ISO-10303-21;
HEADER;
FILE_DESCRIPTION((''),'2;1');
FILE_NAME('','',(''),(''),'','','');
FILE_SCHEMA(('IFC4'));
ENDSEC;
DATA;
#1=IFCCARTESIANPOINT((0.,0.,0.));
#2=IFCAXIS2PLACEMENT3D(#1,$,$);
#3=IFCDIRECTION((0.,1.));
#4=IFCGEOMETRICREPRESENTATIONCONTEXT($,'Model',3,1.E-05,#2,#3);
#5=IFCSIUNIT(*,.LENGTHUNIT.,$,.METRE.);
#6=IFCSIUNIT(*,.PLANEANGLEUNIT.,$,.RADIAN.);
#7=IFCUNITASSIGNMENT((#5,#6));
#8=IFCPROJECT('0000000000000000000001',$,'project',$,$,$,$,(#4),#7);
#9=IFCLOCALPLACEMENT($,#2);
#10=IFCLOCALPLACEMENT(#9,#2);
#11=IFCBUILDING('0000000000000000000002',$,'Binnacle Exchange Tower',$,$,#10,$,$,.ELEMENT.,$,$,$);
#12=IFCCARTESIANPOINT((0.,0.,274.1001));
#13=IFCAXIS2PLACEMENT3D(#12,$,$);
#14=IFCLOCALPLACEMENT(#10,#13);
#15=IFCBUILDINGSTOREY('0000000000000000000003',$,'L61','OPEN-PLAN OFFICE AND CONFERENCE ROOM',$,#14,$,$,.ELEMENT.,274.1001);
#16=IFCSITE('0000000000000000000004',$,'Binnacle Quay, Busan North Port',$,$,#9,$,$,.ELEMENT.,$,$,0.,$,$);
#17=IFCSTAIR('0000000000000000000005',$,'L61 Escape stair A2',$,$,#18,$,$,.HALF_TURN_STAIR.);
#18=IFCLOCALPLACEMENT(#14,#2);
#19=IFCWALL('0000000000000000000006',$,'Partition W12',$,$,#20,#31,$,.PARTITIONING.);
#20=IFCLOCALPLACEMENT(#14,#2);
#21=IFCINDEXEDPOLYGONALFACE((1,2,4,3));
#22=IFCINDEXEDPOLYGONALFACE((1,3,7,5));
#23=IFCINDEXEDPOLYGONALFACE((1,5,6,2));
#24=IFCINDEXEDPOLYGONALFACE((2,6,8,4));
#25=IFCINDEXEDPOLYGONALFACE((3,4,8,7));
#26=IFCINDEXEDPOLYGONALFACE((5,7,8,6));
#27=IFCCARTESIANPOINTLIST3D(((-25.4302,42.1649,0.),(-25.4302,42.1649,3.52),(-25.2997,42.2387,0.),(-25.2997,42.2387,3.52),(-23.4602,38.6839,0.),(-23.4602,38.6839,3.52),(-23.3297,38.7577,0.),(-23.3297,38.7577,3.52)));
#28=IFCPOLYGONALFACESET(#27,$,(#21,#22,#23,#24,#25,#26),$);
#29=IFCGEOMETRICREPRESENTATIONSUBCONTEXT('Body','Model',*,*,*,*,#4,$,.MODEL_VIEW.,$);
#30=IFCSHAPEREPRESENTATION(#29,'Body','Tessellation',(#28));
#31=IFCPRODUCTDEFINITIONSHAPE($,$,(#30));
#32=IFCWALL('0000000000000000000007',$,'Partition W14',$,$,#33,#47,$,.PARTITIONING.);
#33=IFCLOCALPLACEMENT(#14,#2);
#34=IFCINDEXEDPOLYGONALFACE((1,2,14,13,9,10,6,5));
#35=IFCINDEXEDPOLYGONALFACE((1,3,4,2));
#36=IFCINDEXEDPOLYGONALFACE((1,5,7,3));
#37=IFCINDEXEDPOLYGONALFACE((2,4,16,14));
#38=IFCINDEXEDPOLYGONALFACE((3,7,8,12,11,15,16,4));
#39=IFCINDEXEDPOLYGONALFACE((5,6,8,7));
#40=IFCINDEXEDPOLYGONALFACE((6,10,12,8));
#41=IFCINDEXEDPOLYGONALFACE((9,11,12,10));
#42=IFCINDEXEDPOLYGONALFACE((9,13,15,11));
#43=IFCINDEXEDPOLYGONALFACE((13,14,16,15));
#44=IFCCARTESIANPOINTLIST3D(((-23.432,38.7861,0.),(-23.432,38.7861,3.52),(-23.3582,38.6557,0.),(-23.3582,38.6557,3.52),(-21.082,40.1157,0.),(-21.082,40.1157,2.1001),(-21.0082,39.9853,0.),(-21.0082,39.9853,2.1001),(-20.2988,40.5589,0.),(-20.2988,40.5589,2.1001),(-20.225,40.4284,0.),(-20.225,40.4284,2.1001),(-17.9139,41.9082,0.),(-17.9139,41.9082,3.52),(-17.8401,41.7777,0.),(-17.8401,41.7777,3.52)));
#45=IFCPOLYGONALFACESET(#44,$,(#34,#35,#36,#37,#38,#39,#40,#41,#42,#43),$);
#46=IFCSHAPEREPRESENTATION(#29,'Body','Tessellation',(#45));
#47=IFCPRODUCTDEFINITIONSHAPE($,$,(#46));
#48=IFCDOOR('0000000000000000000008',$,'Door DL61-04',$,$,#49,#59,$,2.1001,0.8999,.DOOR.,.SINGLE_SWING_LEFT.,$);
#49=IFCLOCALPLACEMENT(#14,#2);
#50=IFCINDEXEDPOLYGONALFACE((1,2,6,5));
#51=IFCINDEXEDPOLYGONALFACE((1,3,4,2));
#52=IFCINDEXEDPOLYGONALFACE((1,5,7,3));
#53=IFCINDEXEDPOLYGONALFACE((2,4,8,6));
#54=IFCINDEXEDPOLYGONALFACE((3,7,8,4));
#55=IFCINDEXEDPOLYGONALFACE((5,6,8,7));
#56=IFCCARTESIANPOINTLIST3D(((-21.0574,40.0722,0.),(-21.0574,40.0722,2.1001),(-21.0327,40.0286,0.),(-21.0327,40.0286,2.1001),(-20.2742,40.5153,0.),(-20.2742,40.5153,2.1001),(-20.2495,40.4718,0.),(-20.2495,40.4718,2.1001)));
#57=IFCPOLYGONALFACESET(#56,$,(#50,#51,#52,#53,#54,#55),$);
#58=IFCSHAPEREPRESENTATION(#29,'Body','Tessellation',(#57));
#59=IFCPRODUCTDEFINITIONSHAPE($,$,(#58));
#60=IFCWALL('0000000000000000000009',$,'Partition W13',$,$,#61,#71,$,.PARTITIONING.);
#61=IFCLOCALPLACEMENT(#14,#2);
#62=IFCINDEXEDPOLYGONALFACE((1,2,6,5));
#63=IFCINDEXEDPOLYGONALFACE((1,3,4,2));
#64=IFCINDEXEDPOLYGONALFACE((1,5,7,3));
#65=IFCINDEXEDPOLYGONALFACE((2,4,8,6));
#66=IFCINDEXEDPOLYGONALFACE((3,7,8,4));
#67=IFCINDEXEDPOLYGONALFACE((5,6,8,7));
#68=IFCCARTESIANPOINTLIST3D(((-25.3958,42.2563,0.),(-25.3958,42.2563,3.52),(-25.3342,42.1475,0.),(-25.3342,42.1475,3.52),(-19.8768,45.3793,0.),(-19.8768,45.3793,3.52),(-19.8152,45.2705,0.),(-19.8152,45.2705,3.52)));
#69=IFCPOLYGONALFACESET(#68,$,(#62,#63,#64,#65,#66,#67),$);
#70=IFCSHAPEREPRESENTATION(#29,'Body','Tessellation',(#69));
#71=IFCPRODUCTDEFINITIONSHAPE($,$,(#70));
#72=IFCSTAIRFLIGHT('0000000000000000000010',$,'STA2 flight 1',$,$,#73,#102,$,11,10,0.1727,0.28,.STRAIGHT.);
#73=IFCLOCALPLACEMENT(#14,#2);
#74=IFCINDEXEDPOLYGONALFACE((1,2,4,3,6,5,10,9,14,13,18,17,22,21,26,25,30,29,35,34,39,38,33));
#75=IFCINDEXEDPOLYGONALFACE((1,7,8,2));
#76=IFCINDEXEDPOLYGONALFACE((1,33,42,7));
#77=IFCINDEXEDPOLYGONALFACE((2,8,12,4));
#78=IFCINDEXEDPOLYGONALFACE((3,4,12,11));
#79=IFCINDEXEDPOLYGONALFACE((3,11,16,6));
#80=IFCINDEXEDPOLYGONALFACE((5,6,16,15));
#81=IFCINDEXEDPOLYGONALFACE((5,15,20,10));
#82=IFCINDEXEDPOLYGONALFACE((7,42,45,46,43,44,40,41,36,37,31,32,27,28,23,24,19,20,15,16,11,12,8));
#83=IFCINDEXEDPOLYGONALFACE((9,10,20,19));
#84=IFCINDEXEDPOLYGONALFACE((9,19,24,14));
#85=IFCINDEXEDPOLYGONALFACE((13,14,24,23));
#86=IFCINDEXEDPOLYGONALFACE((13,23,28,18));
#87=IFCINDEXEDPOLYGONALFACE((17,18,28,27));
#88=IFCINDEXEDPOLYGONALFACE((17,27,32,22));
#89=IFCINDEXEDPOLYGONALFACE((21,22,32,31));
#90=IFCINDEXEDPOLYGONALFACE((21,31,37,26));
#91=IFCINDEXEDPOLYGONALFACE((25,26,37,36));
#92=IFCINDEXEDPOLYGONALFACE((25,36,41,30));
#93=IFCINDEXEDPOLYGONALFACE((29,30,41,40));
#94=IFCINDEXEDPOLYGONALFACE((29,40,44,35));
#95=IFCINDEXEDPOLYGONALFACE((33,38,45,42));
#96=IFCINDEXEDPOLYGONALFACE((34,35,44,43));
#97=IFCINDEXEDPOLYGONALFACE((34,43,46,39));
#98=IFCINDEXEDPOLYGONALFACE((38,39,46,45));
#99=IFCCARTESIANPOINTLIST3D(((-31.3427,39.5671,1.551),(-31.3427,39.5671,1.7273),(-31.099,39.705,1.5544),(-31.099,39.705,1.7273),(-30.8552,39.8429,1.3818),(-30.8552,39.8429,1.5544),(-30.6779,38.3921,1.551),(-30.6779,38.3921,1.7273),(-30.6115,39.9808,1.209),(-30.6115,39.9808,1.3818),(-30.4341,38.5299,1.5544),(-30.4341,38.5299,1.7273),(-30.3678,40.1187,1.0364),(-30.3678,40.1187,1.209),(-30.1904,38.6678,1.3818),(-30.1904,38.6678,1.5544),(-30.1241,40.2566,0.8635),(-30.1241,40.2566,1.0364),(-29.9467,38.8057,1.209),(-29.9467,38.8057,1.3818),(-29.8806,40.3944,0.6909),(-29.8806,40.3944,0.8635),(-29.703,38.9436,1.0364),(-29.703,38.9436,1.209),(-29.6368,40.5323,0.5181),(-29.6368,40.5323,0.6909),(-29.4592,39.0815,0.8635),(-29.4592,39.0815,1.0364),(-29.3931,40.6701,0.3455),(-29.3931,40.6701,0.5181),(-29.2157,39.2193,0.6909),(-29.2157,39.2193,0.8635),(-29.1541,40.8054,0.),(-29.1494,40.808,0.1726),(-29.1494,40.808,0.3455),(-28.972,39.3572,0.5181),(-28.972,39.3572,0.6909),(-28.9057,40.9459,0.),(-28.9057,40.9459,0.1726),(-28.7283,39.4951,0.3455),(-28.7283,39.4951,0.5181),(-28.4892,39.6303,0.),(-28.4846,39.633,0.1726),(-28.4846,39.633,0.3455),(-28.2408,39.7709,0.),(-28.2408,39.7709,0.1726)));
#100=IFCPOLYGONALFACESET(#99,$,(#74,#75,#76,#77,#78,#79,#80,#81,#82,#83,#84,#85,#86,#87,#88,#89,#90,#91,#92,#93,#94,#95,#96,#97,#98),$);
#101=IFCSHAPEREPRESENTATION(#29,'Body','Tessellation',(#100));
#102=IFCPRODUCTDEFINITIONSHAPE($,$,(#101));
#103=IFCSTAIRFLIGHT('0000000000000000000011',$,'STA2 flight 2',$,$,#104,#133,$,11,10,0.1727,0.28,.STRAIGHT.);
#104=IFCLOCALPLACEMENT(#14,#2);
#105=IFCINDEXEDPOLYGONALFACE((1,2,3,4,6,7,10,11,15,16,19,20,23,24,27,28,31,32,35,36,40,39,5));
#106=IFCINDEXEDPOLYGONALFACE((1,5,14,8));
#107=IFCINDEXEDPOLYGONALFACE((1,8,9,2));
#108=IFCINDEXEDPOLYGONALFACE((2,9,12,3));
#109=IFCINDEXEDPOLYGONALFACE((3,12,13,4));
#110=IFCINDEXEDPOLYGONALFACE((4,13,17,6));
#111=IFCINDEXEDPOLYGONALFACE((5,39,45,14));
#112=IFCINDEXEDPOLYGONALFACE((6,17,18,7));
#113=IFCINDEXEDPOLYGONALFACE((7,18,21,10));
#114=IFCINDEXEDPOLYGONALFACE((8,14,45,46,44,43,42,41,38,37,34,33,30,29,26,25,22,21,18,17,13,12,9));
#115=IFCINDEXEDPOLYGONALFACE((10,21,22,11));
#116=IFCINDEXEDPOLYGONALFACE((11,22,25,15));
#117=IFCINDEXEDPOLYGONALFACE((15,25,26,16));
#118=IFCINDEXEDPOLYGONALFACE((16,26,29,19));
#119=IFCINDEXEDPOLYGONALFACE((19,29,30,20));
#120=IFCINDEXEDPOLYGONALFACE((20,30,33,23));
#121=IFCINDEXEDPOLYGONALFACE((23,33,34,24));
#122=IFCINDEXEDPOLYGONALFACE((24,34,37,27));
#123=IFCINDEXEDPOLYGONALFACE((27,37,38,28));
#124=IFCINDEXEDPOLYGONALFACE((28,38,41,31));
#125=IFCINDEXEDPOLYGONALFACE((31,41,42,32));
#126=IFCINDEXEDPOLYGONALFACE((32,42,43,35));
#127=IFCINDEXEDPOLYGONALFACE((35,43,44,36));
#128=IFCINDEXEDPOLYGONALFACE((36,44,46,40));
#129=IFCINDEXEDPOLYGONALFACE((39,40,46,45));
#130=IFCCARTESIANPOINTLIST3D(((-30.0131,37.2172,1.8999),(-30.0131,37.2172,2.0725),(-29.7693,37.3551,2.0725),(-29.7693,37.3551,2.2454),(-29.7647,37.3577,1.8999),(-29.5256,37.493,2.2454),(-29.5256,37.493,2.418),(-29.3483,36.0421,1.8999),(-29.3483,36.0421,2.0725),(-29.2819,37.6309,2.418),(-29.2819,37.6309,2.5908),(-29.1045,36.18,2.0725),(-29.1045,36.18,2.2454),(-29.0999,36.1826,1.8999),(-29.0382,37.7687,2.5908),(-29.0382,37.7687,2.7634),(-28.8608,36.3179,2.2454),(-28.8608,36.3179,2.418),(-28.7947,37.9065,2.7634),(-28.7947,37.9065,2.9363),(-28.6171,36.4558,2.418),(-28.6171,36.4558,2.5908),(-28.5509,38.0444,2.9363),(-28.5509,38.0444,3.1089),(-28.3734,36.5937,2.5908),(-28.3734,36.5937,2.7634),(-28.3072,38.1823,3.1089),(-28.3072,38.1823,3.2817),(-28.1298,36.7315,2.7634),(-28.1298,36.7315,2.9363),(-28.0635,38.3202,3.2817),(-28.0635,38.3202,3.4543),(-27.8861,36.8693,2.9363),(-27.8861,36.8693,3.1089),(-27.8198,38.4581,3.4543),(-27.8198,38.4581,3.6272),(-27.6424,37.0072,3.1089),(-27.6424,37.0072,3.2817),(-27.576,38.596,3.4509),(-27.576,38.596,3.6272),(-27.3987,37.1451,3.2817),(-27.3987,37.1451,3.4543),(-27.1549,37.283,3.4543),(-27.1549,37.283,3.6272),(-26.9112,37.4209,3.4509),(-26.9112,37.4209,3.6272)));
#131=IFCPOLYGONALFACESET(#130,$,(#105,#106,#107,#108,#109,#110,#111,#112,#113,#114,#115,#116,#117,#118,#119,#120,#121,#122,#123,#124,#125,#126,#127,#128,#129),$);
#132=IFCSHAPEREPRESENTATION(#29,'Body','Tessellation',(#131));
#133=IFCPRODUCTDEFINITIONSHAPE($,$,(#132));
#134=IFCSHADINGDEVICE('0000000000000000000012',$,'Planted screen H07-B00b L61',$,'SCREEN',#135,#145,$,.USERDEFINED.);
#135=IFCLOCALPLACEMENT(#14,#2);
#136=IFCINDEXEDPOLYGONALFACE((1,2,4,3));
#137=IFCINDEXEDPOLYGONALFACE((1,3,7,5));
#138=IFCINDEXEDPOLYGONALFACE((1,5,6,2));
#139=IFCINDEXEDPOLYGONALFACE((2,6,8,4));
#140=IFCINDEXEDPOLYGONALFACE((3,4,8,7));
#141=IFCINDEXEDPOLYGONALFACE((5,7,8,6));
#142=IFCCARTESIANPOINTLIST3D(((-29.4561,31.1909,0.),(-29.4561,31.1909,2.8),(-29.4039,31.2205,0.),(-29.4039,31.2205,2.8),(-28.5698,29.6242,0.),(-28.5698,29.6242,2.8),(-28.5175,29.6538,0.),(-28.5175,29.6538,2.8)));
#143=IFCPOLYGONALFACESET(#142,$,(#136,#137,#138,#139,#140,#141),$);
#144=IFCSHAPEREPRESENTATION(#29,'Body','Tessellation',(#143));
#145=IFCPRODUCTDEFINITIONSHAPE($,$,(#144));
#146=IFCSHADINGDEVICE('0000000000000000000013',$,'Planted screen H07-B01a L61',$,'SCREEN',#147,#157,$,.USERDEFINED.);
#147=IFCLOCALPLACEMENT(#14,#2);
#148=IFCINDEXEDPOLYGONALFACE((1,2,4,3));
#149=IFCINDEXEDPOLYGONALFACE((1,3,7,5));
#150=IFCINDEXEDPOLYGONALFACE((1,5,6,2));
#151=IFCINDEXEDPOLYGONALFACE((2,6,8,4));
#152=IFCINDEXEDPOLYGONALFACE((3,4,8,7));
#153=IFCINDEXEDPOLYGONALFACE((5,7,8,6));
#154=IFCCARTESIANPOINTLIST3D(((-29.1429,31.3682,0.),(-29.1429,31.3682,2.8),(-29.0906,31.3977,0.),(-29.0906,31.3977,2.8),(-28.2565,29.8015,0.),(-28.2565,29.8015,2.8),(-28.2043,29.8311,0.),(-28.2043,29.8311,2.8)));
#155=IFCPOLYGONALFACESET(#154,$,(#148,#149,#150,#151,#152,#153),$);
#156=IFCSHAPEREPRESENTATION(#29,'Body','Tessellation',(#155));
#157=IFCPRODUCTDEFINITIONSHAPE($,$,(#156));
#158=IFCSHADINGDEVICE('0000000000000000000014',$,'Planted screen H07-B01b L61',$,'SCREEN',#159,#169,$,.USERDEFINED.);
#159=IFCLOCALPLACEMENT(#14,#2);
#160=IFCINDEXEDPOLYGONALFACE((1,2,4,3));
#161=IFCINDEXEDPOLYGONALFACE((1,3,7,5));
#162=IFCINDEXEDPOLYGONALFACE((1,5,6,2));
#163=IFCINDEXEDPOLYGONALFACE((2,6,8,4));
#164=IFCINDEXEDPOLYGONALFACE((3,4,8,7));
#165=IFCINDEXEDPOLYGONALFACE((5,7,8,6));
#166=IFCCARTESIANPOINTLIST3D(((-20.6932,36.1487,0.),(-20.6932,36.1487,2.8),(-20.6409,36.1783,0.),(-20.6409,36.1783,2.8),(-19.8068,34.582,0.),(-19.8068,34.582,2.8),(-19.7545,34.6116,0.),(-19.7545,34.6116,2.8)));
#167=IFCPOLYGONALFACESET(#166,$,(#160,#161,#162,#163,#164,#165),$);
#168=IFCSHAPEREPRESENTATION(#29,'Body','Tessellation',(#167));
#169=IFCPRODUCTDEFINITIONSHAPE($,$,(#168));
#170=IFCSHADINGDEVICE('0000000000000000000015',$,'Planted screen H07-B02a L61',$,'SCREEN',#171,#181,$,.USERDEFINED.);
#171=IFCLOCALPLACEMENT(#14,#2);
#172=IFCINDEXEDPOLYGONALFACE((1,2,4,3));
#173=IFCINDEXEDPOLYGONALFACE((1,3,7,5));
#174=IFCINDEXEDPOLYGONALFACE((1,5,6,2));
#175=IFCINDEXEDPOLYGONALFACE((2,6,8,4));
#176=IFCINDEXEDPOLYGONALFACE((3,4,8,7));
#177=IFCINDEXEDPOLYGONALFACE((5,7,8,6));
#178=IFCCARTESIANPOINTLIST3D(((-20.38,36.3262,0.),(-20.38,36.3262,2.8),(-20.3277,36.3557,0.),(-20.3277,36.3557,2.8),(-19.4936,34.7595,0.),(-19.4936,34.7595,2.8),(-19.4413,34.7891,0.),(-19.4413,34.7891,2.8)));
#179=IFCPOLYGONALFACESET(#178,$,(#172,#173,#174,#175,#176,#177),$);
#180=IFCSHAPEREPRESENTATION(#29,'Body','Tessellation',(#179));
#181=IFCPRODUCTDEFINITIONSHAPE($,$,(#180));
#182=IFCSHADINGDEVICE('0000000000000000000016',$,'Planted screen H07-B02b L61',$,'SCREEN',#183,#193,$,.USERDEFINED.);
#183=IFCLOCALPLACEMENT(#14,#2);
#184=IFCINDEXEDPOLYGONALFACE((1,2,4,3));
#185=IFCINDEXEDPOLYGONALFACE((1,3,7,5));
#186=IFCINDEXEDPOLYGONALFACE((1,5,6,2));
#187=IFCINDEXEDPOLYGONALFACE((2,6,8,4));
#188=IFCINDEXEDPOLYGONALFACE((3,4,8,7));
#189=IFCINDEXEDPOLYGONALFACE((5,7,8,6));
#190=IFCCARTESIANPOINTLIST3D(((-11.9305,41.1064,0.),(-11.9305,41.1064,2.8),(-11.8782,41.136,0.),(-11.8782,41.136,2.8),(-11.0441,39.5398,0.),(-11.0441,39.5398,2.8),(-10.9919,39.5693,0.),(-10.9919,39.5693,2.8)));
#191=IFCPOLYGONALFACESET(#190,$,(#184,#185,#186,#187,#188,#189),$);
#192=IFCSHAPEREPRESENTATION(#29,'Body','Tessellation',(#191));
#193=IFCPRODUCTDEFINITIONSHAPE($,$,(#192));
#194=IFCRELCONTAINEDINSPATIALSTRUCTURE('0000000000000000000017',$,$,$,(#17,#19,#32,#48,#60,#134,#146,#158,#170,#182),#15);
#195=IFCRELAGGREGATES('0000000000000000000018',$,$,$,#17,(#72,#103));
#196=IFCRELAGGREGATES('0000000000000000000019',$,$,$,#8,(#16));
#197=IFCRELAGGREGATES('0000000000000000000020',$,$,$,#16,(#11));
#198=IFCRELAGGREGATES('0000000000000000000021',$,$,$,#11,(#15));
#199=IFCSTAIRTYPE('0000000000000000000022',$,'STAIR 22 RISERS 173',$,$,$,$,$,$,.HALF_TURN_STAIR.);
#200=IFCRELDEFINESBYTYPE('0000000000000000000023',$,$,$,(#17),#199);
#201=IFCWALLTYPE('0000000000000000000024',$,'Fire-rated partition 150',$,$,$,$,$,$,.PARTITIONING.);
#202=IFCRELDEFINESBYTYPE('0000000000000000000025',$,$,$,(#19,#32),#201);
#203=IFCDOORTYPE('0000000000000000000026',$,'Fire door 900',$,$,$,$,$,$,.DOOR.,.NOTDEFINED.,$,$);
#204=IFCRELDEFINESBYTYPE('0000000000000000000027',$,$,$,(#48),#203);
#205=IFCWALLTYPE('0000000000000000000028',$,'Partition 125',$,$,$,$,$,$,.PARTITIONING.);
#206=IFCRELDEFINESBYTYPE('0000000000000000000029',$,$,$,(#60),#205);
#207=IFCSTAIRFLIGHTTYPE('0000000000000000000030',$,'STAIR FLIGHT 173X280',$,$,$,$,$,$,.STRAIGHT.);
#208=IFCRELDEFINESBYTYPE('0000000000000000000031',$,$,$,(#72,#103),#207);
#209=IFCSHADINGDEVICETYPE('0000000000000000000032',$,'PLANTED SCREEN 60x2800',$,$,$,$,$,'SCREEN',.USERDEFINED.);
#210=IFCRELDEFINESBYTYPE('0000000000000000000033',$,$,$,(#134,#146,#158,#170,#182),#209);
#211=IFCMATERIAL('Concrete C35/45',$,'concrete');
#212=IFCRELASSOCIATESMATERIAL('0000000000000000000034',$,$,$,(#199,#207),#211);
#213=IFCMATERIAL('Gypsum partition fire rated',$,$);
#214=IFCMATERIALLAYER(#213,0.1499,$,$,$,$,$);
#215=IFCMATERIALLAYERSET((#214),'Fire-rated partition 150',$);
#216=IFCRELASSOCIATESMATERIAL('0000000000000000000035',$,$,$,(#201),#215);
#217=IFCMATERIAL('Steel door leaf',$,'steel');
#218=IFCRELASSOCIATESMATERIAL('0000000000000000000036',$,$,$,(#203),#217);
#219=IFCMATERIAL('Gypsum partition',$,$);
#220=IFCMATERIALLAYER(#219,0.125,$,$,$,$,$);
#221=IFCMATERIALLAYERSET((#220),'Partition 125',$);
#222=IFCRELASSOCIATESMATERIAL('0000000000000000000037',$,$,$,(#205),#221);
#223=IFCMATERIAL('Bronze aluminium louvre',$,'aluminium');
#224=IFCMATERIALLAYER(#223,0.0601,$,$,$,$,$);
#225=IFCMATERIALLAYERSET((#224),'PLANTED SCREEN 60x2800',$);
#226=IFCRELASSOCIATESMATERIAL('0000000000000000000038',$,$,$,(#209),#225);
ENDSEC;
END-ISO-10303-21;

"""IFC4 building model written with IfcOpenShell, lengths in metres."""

from ifc_helpers import new_model, si_unit, direction, frame, frame_2d, origin, origin_2d, place, context, subcontext, project, spatial, polyline, rectangle, outline, extrude, material, layer, layer_set, type_object, element, fill, aggregate, save


model = new_model("IFC4")

# Units and contexts
model_context = context("Model", 3, precision=1e-05, world=origin(), true_north=direction((0.0, 1.0)))
body_context = subcontext(model_context, "Body", "Model", "MODEL_VIEW")
ifc_project = project(units=[si_unit("LENGTHUNIT", "METRE"), si_unit("PLANEANGLEUNIT", "RADIAN")], contexts=[model_context])

# Site, building, storey
site_placement = place(None, origin())
site = spatial("IfcSite", under=ifc_project, at=site_placement, Name="Binnacle Quay, Busan North Port", CompositionType="ELEMENT", RefElevation=0.0)
building_placement = place(site_placement, origin())
building = spatial("IfcBuilding", under=site, at=building_placement, Name="Binnacle Exchange Tower", CompositionType="ELEMENT")
storey_placement = place(building_placement, frame((0.0, 0.0, 274.1001)))
storey = spatial("IfcBuildingStorey", under=building, at=storey_placement, Name="L61", Description="OPEN-PLAN OFFICE AND CONFERENCE ROOM", CompositionType="ELEMENT", Elevation=274.1001)

# Shared definitions
ifc_material_1 = material(Name="Concrete C35/45", Category="concrete")

# Stair
stair_type = type_object("IfcStairType", Name="STAIR 22 RISERS 173", PredefinedType="HALF_TURN_STAIR", material=ifc_material_1)
stair_1_placement = place(storey_placement, origin())
stair_1 = element("IfcStair", 1, at=stair_1_placement, inside=storey, type_object=stair_type, Name="L61 Escape stair A2", PredefinedType="HALF_TURN_STAIR")

# Shared definitions
ifc_material_2 = material(Name="Steel door leaf", Category="steel")

# Wall
ifc_material_3 = material(Name="Gypsum partition fire rated")
ifc_layer_1 = layer(ifc_material_3, 0.1499)
ifc_layer_set_1 = layer_set([ifc_layer_1], Name="Fire-rated partition 150")
wall_type_1 = type_object("IfcWallType", Name="Fire-rated partition 150", PredefinedType="PARTITIONING", material=ifc_layer_set_1)
wall_1_placement = place(storey_placement, frame((-25.365, 42.2019, 0.0), z_axis=(0.0, 0.0, 1.0), x_axis=(0.492526, -0.870298, 0.0)))
element("IfcWall", 2, at=wall_1_placement, inside=storey, type_object=wall_type_1, Name="Partition W12", PredefinedType="PARTITIONING", context=body_context, shape_type="SweptSolid", body=[
    extrude(rectangle(XDim=3.9998, YDim=0.1499, at=frame_2d((2.0, 0.0))), origin(), (0.0, 0.0, 1.0), 3.52),
])

# Wall, opening, door
wall_2_placement = place(storey_placement, frame((-23.395, 38.7209, 0.0), z_axis=(0.0, 0.0, 1.0), x_axis=(0.870349, 0.492435, 0.0)))
wall_2 = element("IfcWall", 3, at=wall_2_placement, inside=storey, type_object=wall_type_1, Name="Partition W14", PredefinedType="PARTITIONING", context=body_context, shape_type="SweptSolid", body=[
    extrude(rectangle(XDim=6.3401, YDim=0.1499, at=frame_2d((3.1699, 0.0))), origin(), (0.0, 0.0, 1.0), 3.52),
])
opening_1_placement = place(wall_2_placement, frame((2.7, 0.0, 0.0)))
opening_1 = element("IfcOpeningElement", 4, at=opening_1_placement, cuts=wall_2, PredefinedType="OPENING", context=body_context, shape_type="SweptSolid", body=[
    extrude(rectangle(XDim=0.8999, YDim=2.1001, at=frame_2d((0.45, 1.05))), frame((0.0, 0.085, 0.0), z_axis=(0.0, -1.0, 0.0), x_axis=(1.0, 0.0, 0.0)), (0.0, 0.0, 1.0), 0.1699),
])
door_type_1 = type_object("IfcDoorType", Name="Fire door 900", OperationType="NOTDEFINED", PredefinedType="DOOR", material=ifc_material_2)
door_1_placement = place(opening_1_placement, origin())
door_1 = element("IfcDoor", 5, at=door_1_placement, inside=storey, type_object=door_type_1, Name="Door DL61-04", OperationType="SINGLE_SWING_LEFT", OverallHeight=2.1001, OverallWidth=0.8999, PredefinedType="DOOR", context=body_context, shape_type="SweptSolid", body=[
    extrude(rectangle(XDim=0.8999, YDim=2.1001, at=frame_2d((0.45, 1.05))), frame((0.0, 0.0249, 0.0), z_axis=(0.0, -1.0, 0.0), x_axis=(1.0, 0.0, 0.0)), (0.0, 0.0, 1.0), 0.05),
])
fill(opening_1, door_1)

# Wall
ifc_material_4 = material(Name="Gypsum partition")
ifc_layer_2 = layer(ifc_material_4, 0.125)
ifc_layer_set_2 = layer_set([ifc_layer_2], Name="Partition 125")
wall_type_2 = type_object("IfcWallType", Name="Partition 125", PredefinedType="PARTITIONING", material=ifc_layer_set_2)
wall_3_placement = place(storey_placement, frame((-25.365, 42.2019, 0.0), z_axis=(0.0, 0.0, 1.0), x_axis=(0.87032, 0.492486, 0.0)))
element("IfcWall", 6, at=wall_3_placement, inside=storey, type_object=wall_type_2, Name="Partition W13", PredefinedType="PARTITIONING", context=body_context, shape_type="SweptSolid", body=[
    extrude(rectangle(XDim=6.3413, YDim=0.125, at=frame_2d((3.1707, 0.0))), origin(), (0.0, 0.0, 1.0), 3.52),
])

# Stair flights
stair_flight_type = type_object("IfcStairFlightType", Name="STAIR FLIGHT 173X280", PredefinedType="STRAIGHT", material=ifc_material_1)
stair_flight_1_placement = place(storey_placement, frame((-28.5732, 40.3584, 0.0), z_axis=(0.0, 0.0, 1.0), x_axis=(-0.870356, -0.492424, 0.0)))
stair_flight_1 = element("IfcStairFlight", 7, at=stair_flight_1_placement, type_object=stair_flight_type, Name="STA2 flight 1", NumberOfRisers=11, NumberOfTreads=10, PredefinedType="STRAIGHT", RiserHeight=0.1727, TreadLength=0.28, context=body_context, shape_type="SweptSolid", body=[
    extrude(outline(polyline([(0.0, 0.0), (0.0, 0.1726), (0.28, 0.1726), (0.28, 0.3455), (0.5601, 0.3455), (0.5601, 0.5181), (0.8401, 0.5181), (0.8401, 0.6909), (1.1201, 0.6909), (1.1201, 0.8635), (1.3999, 0.8635), (1.3999, 1.0364), (1.6799, 1.0364), (1.6799, 1.209), (1.96, 1.209), (1.96, 1.3818), (2.24, 1.3818), (2.24, 1.5544), (2.52, 1.5544), (2.52, 1.7273), (2.8, 1.7273), (2.8, 1.8999), (2.8, 1.551), (0.2854, 0.0), (0.0, 0.0)])), frame((0.0, 0.675, 0.0), z_axis=(0.0, -1.0, 0.0), x_axis=(1.0, 0.0, 0.0)), (0.0, 0.0, 1.0), 1.3501),
])
stair_flight_2_placement = place(storey_placement, frame((-29.6807, 36.6296, 1.8999), z_axis=(0.0, 0.0, 1.0), x_axis=(0.870356, 0.492424, 0.0)))
stair_flight_2 = element("IfcStairFlight", 8, at=stair_flight_2_placement, type_object=stair_flight_type, Name="STA2 flight 2", NumberOfRisers=11, NumberOfTreads=10, PredefinedType="STRAIGHT", RiserHeight=0.1727, TreadLength=0.28, context=body_context, shape_type="SweptSolid", body=[
    extrude(outline(polyline([(0.0, 0.0), (0.0, 0.1726), (0.28, 0.1726), (0.28, 0.3455), (0.5601, 0.3455), (0.5601, 0.5181), (0.8401, 0.5181), (0.8401, 0.6909), (1.1201, 0.6909), (1.1201, 0.8635), (1.3999, 0.8635), (1.3999, 1.0364), (1.6799, 1.0364), (1.6799, 1.209), (1.96, 1.209), (1.96, 1.3818), (2.24, 1.3818), (2.24, 1.5544), (2.52, 1.5544), (2.52, 1.7273), (2.8, 1.7273), (2.8, 1.8999), (2.8, 1.551), (0.2854, 0.0), (0.0, 0.0)])), frame((0.0, 0.675, 0.0), z_axis=(0.0, -1.0, 0.0), x_axis=(1.0, 0.0, 0.0)), (0.0, 0.0, 1.0), 1.3501),
])
aggregate(stair_1, [stair_flight_1, stair_flight_2])

# Shading devices
ifc_material_5 = material(Name="Bronze aluminium louvre", Category="aluminium")
ifc_layer_3 = layer(ifc_material_5, 0.0601)
ifc_layer_set_3 = layer_set([ifc_layer_3], Name="PLANTED SCREEN 60x2800")
shading_device_type = type_object("IfcShadingDeviceType", Name="PLANTED SCREEN 60x2800", ElementType="SCREEN", PredefinedType="USERDEFINED", material=ifc_layer_set_3)
for number, where, z_axis, x_axis, name in (
    (9, (-28.9868, 30.4224, 0.0), (0.0, 0.0, 1.0), (0.870356, 0.492424, 0.0), "Planted screen H07-B00b L61"),
    (10, (-28.6736, 30.5996, 0.0), (0.0, 0.0, 1.0), (0.870356, 0.492424, 0.0), "Planted screen H07-B01a L61"),
    (11, (-20.2239, 35.3801, 0.0), (0.0, 0.0, 1.0), (0.870356, 0.492424, 0.0), "Planted screen H07-B01b L61"),
    (12, (-19.9106, 35.5576, 0.0), (0.0, 0.0, 1.0), (0.870356, 0.492424, 0.0), "Planted screen H07-B02a L61"),
    (13, (-11.4612, 40.3379, 0.0), (0.0, 0.0, 1.0), (0.870356, 0.492424, 0.0), "Planted screen H07-B02b L61"),
):
    element("IfcShadingDevice", number, at=place(storey_placement, frame(where, z_axis=z_axis, x_axis=x_axis)), inside=storey, type_object=shading_device_type, Name=name, ObjectType="SCREEN", PredefinedType="USERDEFINED", context=body_context, shape_type="SweptSolid", body=[
        extrude(rectangle(XDim=0.0601, YDim=1.8, at=origin_2d()), origin(), (0.0, 0.0, 1.0), 2.8),
    ])

save(model, "model.ifc")
